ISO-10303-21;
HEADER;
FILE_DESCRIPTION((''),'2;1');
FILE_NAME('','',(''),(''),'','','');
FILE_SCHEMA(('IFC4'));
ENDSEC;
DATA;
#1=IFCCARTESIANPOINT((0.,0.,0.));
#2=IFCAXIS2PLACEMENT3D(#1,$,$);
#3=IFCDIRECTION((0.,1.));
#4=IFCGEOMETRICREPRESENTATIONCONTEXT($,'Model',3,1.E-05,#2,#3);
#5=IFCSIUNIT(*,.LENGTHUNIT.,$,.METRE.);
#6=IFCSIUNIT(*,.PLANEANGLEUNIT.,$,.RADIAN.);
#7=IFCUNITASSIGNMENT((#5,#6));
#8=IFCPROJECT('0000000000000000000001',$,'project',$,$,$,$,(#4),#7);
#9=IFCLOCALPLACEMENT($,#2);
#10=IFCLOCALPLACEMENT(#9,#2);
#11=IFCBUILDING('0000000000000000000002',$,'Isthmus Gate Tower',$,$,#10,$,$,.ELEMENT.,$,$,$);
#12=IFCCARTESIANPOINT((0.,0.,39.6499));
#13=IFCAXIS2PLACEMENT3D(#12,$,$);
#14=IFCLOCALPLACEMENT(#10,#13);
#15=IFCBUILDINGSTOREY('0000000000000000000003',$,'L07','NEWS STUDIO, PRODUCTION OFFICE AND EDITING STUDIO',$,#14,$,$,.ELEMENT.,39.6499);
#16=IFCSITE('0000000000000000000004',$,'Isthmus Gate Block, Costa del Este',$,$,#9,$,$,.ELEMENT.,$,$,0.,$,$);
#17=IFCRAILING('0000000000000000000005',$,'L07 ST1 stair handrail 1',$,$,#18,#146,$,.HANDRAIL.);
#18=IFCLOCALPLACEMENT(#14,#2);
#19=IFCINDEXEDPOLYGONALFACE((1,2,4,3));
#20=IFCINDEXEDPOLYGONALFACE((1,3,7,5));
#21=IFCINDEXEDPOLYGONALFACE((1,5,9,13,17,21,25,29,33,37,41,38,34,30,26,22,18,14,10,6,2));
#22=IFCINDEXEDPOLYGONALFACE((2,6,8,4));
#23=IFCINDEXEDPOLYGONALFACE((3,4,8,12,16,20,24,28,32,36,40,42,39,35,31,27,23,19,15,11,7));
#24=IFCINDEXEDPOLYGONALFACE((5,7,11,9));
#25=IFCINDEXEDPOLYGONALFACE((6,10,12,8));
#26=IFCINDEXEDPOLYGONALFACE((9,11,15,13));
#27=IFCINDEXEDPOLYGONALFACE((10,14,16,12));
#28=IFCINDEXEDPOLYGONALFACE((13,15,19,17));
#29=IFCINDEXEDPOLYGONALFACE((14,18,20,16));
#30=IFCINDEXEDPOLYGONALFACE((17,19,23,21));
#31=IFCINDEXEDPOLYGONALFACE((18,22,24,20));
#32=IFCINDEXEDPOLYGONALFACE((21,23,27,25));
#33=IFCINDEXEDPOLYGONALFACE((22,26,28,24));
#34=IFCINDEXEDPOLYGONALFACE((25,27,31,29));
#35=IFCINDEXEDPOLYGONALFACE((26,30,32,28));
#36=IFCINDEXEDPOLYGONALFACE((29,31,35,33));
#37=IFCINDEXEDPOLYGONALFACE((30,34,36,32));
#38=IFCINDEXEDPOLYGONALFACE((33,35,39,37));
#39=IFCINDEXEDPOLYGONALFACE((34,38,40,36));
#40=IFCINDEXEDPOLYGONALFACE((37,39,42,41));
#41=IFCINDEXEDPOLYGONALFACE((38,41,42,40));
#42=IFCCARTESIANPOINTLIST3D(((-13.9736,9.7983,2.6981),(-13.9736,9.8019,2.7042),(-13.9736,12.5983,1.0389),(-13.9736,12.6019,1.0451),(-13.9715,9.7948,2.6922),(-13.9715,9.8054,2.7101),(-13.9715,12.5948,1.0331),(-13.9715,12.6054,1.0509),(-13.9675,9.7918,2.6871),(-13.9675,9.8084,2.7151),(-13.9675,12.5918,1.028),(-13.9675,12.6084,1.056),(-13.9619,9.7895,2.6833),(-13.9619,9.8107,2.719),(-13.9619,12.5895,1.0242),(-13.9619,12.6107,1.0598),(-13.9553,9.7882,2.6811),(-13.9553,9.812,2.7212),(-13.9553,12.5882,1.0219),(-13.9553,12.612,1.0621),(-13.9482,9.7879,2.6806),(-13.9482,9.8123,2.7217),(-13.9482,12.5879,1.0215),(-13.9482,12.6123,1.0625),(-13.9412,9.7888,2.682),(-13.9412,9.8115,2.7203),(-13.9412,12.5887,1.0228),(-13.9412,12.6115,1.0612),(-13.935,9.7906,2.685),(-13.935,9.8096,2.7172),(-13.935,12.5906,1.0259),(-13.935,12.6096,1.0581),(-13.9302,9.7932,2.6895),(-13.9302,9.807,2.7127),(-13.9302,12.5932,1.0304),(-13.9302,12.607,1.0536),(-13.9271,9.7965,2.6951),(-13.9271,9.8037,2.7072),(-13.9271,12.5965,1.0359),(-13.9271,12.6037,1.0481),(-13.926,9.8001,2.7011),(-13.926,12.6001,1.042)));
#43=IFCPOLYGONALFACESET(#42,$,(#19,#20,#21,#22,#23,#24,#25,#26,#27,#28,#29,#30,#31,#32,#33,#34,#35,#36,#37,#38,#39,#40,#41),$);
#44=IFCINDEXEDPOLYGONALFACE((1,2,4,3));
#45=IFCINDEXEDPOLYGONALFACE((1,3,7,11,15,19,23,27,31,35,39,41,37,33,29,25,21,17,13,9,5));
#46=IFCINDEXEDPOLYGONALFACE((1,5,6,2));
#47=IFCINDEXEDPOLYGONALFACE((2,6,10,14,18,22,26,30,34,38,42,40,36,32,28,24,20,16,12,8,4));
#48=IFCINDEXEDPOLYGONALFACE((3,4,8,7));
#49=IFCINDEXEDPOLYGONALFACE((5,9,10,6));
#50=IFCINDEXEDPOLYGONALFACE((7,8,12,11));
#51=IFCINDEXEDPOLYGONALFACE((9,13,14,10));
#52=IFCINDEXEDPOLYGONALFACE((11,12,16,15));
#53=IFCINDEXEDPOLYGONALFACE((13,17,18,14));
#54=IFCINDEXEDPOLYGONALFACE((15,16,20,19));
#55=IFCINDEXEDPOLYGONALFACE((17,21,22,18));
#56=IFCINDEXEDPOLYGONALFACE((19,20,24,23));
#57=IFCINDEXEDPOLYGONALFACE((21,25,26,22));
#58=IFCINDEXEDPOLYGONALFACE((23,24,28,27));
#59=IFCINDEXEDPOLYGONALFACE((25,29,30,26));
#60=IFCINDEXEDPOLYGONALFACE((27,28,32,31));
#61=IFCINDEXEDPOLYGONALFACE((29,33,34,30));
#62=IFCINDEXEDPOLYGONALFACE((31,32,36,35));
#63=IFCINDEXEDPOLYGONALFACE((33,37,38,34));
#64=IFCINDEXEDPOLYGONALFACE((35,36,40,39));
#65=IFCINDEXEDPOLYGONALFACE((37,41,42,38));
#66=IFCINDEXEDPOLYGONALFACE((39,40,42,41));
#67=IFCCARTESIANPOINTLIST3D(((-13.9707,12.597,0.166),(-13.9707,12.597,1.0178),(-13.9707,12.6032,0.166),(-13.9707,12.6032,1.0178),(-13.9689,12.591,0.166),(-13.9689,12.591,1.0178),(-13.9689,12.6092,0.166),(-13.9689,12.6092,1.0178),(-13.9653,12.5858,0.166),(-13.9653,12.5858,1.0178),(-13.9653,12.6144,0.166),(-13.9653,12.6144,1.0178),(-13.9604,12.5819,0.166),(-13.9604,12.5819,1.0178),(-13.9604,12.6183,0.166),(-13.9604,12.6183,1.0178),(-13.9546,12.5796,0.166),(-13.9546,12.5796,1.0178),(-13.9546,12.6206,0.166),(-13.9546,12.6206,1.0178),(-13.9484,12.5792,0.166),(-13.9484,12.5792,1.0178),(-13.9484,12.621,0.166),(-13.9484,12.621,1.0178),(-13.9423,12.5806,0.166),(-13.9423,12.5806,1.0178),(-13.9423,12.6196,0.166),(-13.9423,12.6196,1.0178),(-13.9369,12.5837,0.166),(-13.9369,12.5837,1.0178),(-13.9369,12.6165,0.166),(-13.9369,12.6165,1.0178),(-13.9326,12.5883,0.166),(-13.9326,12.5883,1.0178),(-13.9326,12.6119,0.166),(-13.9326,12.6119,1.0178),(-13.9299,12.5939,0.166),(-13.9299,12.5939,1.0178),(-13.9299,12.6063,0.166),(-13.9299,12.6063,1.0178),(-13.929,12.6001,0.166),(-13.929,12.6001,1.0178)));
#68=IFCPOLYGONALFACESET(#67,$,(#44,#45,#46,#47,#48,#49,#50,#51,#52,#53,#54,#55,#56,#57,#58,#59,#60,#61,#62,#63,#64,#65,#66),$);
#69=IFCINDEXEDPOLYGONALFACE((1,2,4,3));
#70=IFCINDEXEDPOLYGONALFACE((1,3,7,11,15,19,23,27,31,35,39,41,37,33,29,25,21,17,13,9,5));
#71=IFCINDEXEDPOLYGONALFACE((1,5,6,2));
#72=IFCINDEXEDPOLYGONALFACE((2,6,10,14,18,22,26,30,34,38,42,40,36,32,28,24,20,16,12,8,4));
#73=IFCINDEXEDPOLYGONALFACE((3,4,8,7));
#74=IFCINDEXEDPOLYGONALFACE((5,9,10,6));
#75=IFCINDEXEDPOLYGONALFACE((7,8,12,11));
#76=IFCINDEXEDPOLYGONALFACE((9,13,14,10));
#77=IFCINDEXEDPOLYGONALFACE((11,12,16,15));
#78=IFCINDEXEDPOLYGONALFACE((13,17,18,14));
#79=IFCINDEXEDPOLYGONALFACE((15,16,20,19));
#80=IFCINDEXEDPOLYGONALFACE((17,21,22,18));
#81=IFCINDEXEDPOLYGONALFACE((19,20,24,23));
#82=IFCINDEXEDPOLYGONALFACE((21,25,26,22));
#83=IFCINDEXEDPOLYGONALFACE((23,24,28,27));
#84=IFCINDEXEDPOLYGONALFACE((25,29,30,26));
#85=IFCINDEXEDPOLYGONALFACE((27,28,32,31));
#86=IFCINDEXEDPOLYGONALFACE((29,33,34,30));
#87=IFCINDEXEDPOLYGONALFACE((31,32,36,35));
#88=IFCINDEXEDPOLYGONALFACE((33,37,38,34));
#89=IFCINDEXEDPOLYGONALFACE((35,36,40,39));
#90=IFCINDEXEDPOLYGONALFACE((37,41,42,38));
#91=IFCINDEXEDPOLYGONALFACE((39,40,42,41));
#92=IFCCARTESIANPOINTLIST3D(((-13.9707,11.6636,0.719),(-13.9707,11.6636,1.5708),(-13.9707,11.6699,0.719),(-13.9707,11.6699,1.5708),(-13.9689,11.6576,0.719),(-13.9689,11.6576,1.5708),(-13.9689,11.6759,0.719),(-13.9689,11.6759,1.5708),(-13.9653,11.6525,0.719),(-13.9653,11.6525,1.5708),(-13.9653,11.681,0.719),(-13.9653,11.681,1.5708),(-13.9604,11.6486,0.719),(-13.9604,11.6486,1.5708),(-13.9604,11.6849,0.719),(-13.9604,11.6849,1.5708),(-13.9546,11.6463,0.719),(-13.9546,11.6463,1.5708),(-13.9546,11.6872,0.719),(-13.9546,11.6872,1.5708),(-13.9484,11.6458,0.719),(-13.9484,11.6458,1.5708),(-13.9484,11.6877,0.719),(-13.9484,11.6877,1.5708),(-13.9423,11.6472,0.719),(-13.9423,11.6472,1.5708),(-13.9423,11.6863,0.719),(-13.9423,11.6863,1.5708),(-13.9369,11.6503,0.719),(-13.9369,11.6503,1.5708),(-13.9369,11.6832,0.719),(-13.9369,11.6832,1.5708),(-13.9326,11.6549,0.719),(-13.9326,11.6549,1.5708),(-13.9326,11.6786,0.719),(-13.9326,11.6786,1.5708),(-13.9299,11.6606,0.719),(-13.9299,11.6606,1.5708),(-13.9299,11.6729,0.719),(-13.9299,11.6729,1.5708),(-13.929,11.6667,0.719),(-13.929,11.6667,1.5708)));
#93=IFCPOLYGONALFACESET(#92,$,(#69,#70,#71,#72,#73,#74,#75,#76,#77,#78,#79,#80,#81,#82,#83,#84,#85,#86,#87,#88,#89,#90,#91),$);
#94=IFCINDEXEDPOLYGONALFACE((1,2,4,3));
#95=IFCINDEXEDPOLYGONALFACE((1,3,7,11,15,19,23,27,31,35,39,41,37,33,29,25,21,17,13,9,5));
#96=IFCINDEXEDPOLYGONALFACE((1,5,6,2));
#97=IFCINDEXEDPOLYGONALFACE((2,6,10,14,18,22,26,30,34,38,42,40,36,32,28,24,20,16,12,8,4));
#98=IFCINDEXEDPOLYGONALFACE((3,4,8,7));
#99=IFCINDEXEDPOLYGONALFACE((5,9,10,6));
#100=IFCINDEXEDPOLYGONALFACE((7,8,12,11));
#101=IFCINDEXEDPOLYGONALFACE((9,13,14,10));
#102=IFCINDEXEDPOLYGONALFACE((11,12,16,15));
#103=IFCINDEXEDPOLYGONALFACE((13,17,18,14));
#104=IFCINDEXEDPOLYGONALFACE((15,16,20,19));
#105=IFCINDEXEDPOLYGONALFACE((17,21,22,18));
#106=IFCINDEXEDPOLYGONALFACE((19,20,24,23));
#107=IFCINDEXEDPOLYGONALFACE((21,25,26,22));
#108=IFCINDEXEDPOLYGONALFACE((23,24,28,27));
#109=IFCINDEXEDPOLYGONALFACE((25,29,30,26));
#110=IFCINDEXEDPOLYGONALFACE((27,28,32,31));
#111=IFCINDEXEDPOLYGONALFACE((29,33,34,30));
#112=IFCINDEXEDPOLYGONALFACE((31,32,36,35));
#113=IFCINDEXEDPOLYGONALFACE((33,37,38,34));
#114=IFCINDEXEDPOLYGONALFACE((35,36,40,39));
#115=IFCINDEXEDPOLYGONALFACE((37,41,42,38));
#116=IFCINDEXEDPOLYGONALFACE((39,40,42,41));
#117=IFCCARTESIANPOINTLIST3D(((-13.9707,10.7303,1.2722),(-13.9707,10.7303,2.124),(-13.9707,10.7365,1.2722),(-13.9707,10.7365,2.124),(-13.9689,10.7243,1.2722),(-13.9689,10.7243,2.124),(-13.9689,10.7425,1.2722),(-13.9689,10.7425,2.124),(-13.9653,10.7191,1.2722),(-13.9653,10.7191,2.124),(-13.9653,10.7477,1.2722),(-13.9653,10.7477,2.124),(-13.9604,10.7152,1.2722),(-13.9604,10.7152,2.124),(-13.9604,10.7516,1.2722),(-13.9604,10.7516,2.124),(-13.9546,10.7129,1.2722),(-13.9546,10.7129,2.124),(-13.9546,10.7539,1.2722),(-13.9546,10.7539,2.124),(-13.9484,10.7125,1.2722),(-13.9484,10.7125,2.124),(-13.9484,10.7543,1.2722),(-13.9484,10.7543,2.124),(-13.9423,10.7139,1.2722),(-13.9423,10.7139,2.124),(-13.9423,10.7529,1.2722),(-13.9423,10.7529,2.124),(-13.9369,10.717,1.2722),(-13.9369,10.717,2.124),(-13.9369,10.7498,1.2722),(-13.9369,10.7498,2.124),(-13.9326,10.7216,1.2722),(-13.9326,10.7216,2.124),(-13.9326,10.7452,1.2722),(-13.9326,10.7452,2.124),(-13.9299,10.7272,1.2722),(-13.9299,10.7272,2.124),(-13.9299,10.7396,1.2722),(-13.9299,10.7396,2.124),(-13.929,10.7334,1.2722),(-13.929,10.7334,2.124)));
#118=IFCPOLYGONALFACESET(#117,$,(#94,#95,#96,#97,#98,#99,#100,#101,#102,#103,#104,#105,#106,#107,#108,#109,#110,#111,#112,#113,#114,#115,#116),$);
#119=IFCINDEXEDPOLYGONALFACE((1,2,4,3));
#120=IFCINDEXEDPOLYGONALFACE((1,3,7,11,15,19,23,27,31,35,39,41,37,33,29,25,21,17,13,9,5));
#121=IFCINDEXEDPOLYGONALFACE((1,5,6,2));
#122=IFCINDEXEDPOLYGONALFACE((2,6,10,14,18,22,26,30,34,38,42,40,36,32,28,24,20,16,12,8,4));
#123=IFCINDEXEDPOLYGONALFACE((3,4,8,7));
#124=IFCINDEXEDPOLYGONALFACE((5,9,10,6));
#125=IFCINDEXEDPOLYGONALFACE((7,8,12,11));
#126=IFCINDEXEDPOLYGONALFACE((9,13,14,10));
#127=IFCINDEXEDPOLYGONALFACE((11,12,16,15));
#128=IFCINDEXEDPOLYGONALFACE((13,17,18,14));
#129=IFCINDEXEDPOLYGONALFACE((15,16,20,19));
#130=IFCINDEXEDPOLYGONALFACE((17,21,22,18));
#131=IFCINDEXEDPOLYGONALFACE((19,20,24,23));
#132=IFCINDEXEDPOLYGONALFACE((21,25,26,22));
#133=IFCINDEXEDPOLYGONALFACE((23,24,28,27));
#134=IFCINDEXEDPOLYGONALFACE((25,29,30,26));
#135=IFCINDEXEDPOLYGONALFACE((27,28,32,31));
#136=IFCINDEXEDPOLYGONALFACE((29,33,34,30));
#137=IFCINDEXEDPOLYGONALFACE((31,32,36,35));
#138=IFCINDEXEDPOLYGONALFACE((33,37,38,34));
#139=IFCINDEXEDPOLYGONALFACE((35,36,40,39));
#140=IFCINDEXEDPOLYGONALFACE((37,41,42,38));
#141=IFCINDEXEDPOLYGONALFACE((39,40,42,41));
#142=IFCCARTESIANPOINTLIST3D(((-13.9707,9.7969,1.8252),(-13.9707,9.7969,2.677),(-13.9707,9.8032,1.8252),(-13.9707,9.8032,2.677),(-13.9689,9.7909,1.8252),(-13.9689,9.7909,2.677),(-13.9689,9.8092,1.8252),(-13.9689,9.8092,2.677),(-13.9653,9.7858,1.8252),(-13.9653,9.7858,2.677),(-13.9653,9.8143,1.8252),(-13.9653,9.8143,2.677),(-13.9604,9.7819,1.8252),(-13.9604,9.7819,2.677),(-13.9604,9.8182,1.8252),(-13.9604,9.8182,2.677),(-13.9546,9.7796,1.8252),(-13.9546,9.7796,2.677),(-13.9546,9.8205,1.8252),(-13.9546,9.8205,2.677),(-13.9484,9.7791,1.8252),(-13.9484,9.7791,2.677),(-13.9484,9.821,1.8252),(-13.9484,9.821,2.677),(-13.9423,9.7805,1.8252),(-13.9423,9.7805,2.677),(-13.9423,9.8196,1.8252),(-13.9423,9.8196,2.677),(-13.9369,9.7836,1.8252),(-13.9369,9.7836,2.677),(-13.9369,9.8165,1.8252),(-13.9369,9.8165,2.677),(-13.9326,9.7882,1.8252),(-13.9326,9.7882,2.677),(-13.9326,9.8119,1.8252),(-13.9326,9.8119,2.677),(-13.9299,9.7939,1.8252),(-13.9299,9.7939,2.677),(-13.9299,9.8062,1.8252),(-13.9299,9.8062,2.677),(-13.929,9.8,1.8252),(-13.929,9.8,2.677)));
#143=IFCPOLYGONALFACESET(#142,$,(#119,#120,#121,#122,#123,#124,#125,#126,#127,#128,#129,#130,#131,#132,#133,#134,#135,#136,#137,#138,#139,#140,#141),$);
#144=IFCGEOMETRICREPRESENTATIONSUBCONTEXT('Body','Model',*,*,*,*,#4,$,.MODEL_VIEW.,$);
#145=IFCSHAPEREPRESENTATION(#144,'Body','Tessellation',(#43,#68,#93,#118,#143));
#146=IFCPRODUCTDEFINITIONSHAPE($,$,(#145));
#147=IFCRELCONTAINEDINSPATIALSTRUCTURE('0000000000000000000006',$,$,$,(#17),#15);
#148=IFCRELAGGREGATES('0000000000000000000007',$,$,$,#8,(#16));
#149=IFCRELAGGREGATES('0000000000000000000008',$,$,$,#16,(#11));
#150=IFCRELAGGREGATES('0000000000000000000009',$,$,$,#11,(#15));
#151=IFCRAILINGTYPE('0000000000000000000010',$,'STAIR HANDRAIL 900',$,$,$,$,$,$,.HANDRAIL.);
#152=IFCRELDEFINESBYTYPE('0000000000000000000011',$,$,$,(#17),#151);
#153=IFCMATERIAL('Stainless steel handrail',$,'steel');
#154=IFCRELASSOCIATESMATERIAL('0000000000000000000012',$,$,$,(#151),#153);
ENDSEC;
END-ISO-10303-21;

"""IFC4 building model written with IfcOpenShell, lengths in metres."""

from ifc_helpers import new_model, si_unit, direction, frame, origin, origin_2d, place, context, subcontext, project, spatial, circle, extrude, material, type_object, element, save


model = new_model("IFC4")

# Units and contexts
model_context = context("Model", 3, precision=1e-05, world=origin(), true_north=direction((0.0, 1.0)))
body_context = subcontext(model_context, "Body", "Model", "MODEL_VIEW")
ifc_project = project(units=[si_unit("LENGTHUNIT", "METRE"), si_unit("PLANEANGLEUNIT", "RADIAN")], contexts=[model_context])

# Site, building, storey
site_placement = place(None, origin())
site = spatial("IfcSite", under=ifc_project, at=site_placement, Name="Isthmus Gate Block, Costa del Este", CompositionType="ELEMENT", RefElevation=0.0)
building_placement = place(site_placement, origin())
building = spatial("IfcBuilding", under=site, at=building_placement, Name="Isthmus Gate Tower", CompositionType="ELEMENT")
storey_placement = place(building_placement, frame((0.0, 0.0, 39.6499)))
storey = spatial("IfcBuildingStorey", under=building, at=storey_placement, Name="L07", Description="NEWS STUDIO, PRODUCTION OFFICE AND EDITING STUDIO", CompositionType="ELEMENT", Elevation=39.6499)

# Railing
ifc_material_1 = material(Name="Stainless steel handrail", Category="steel")
railing_type_1 = type_object("IfcRailingType", Name="STAIR HANDRAIL 900", PredefinedType="HANDRAIL", material=ifc_material_1)
for number, where, name in (
    (1, (-13.95, 12.6001, 0.166), "L07 ST1 stair handrail 1"),
):
    element("IfcRailing", number, at=place(storey_placement, frame(where)), inside=storey, type_object=railing_type_1, Name=name, PredefinedType="HANDRAIL", context=body_context, shape_type="SweptSolid", body=[
        extrude(circle(Radius=0.0239, at=origin_2d()), frame((0.0, 0.0, 0.876), z_axis=(0.0, -0.860306, 0.509778), x_axis=(1.0, 0.0, 0.0)), (0.0, 0.0, 1.0), 3.2546),
        extrude(circle(Radius=0.021, at=origin_2d()), origin(), (0.0, 0.0, 1.0), 0.8518),
        extrude(circle(Radius=0.021, at=origin_2d()), frame((0.0, -0.9333, 0.553)), (0.0, 0.0, 1.0), 0.8518),
        extrude(circle(Radius=0.021, at=origin_2d()), frame((0.0, -1.8667, 1.1062)), (0.0, 0.0, 1.0), 0.8518),
        extrude(circle(Radius=0.021, at=origin_2d()), frame((0.0, -2.8, 1.6592)), (0.0, 0.0, 1.0), 0.8518),
    ])

save(model, "model.ifc")
